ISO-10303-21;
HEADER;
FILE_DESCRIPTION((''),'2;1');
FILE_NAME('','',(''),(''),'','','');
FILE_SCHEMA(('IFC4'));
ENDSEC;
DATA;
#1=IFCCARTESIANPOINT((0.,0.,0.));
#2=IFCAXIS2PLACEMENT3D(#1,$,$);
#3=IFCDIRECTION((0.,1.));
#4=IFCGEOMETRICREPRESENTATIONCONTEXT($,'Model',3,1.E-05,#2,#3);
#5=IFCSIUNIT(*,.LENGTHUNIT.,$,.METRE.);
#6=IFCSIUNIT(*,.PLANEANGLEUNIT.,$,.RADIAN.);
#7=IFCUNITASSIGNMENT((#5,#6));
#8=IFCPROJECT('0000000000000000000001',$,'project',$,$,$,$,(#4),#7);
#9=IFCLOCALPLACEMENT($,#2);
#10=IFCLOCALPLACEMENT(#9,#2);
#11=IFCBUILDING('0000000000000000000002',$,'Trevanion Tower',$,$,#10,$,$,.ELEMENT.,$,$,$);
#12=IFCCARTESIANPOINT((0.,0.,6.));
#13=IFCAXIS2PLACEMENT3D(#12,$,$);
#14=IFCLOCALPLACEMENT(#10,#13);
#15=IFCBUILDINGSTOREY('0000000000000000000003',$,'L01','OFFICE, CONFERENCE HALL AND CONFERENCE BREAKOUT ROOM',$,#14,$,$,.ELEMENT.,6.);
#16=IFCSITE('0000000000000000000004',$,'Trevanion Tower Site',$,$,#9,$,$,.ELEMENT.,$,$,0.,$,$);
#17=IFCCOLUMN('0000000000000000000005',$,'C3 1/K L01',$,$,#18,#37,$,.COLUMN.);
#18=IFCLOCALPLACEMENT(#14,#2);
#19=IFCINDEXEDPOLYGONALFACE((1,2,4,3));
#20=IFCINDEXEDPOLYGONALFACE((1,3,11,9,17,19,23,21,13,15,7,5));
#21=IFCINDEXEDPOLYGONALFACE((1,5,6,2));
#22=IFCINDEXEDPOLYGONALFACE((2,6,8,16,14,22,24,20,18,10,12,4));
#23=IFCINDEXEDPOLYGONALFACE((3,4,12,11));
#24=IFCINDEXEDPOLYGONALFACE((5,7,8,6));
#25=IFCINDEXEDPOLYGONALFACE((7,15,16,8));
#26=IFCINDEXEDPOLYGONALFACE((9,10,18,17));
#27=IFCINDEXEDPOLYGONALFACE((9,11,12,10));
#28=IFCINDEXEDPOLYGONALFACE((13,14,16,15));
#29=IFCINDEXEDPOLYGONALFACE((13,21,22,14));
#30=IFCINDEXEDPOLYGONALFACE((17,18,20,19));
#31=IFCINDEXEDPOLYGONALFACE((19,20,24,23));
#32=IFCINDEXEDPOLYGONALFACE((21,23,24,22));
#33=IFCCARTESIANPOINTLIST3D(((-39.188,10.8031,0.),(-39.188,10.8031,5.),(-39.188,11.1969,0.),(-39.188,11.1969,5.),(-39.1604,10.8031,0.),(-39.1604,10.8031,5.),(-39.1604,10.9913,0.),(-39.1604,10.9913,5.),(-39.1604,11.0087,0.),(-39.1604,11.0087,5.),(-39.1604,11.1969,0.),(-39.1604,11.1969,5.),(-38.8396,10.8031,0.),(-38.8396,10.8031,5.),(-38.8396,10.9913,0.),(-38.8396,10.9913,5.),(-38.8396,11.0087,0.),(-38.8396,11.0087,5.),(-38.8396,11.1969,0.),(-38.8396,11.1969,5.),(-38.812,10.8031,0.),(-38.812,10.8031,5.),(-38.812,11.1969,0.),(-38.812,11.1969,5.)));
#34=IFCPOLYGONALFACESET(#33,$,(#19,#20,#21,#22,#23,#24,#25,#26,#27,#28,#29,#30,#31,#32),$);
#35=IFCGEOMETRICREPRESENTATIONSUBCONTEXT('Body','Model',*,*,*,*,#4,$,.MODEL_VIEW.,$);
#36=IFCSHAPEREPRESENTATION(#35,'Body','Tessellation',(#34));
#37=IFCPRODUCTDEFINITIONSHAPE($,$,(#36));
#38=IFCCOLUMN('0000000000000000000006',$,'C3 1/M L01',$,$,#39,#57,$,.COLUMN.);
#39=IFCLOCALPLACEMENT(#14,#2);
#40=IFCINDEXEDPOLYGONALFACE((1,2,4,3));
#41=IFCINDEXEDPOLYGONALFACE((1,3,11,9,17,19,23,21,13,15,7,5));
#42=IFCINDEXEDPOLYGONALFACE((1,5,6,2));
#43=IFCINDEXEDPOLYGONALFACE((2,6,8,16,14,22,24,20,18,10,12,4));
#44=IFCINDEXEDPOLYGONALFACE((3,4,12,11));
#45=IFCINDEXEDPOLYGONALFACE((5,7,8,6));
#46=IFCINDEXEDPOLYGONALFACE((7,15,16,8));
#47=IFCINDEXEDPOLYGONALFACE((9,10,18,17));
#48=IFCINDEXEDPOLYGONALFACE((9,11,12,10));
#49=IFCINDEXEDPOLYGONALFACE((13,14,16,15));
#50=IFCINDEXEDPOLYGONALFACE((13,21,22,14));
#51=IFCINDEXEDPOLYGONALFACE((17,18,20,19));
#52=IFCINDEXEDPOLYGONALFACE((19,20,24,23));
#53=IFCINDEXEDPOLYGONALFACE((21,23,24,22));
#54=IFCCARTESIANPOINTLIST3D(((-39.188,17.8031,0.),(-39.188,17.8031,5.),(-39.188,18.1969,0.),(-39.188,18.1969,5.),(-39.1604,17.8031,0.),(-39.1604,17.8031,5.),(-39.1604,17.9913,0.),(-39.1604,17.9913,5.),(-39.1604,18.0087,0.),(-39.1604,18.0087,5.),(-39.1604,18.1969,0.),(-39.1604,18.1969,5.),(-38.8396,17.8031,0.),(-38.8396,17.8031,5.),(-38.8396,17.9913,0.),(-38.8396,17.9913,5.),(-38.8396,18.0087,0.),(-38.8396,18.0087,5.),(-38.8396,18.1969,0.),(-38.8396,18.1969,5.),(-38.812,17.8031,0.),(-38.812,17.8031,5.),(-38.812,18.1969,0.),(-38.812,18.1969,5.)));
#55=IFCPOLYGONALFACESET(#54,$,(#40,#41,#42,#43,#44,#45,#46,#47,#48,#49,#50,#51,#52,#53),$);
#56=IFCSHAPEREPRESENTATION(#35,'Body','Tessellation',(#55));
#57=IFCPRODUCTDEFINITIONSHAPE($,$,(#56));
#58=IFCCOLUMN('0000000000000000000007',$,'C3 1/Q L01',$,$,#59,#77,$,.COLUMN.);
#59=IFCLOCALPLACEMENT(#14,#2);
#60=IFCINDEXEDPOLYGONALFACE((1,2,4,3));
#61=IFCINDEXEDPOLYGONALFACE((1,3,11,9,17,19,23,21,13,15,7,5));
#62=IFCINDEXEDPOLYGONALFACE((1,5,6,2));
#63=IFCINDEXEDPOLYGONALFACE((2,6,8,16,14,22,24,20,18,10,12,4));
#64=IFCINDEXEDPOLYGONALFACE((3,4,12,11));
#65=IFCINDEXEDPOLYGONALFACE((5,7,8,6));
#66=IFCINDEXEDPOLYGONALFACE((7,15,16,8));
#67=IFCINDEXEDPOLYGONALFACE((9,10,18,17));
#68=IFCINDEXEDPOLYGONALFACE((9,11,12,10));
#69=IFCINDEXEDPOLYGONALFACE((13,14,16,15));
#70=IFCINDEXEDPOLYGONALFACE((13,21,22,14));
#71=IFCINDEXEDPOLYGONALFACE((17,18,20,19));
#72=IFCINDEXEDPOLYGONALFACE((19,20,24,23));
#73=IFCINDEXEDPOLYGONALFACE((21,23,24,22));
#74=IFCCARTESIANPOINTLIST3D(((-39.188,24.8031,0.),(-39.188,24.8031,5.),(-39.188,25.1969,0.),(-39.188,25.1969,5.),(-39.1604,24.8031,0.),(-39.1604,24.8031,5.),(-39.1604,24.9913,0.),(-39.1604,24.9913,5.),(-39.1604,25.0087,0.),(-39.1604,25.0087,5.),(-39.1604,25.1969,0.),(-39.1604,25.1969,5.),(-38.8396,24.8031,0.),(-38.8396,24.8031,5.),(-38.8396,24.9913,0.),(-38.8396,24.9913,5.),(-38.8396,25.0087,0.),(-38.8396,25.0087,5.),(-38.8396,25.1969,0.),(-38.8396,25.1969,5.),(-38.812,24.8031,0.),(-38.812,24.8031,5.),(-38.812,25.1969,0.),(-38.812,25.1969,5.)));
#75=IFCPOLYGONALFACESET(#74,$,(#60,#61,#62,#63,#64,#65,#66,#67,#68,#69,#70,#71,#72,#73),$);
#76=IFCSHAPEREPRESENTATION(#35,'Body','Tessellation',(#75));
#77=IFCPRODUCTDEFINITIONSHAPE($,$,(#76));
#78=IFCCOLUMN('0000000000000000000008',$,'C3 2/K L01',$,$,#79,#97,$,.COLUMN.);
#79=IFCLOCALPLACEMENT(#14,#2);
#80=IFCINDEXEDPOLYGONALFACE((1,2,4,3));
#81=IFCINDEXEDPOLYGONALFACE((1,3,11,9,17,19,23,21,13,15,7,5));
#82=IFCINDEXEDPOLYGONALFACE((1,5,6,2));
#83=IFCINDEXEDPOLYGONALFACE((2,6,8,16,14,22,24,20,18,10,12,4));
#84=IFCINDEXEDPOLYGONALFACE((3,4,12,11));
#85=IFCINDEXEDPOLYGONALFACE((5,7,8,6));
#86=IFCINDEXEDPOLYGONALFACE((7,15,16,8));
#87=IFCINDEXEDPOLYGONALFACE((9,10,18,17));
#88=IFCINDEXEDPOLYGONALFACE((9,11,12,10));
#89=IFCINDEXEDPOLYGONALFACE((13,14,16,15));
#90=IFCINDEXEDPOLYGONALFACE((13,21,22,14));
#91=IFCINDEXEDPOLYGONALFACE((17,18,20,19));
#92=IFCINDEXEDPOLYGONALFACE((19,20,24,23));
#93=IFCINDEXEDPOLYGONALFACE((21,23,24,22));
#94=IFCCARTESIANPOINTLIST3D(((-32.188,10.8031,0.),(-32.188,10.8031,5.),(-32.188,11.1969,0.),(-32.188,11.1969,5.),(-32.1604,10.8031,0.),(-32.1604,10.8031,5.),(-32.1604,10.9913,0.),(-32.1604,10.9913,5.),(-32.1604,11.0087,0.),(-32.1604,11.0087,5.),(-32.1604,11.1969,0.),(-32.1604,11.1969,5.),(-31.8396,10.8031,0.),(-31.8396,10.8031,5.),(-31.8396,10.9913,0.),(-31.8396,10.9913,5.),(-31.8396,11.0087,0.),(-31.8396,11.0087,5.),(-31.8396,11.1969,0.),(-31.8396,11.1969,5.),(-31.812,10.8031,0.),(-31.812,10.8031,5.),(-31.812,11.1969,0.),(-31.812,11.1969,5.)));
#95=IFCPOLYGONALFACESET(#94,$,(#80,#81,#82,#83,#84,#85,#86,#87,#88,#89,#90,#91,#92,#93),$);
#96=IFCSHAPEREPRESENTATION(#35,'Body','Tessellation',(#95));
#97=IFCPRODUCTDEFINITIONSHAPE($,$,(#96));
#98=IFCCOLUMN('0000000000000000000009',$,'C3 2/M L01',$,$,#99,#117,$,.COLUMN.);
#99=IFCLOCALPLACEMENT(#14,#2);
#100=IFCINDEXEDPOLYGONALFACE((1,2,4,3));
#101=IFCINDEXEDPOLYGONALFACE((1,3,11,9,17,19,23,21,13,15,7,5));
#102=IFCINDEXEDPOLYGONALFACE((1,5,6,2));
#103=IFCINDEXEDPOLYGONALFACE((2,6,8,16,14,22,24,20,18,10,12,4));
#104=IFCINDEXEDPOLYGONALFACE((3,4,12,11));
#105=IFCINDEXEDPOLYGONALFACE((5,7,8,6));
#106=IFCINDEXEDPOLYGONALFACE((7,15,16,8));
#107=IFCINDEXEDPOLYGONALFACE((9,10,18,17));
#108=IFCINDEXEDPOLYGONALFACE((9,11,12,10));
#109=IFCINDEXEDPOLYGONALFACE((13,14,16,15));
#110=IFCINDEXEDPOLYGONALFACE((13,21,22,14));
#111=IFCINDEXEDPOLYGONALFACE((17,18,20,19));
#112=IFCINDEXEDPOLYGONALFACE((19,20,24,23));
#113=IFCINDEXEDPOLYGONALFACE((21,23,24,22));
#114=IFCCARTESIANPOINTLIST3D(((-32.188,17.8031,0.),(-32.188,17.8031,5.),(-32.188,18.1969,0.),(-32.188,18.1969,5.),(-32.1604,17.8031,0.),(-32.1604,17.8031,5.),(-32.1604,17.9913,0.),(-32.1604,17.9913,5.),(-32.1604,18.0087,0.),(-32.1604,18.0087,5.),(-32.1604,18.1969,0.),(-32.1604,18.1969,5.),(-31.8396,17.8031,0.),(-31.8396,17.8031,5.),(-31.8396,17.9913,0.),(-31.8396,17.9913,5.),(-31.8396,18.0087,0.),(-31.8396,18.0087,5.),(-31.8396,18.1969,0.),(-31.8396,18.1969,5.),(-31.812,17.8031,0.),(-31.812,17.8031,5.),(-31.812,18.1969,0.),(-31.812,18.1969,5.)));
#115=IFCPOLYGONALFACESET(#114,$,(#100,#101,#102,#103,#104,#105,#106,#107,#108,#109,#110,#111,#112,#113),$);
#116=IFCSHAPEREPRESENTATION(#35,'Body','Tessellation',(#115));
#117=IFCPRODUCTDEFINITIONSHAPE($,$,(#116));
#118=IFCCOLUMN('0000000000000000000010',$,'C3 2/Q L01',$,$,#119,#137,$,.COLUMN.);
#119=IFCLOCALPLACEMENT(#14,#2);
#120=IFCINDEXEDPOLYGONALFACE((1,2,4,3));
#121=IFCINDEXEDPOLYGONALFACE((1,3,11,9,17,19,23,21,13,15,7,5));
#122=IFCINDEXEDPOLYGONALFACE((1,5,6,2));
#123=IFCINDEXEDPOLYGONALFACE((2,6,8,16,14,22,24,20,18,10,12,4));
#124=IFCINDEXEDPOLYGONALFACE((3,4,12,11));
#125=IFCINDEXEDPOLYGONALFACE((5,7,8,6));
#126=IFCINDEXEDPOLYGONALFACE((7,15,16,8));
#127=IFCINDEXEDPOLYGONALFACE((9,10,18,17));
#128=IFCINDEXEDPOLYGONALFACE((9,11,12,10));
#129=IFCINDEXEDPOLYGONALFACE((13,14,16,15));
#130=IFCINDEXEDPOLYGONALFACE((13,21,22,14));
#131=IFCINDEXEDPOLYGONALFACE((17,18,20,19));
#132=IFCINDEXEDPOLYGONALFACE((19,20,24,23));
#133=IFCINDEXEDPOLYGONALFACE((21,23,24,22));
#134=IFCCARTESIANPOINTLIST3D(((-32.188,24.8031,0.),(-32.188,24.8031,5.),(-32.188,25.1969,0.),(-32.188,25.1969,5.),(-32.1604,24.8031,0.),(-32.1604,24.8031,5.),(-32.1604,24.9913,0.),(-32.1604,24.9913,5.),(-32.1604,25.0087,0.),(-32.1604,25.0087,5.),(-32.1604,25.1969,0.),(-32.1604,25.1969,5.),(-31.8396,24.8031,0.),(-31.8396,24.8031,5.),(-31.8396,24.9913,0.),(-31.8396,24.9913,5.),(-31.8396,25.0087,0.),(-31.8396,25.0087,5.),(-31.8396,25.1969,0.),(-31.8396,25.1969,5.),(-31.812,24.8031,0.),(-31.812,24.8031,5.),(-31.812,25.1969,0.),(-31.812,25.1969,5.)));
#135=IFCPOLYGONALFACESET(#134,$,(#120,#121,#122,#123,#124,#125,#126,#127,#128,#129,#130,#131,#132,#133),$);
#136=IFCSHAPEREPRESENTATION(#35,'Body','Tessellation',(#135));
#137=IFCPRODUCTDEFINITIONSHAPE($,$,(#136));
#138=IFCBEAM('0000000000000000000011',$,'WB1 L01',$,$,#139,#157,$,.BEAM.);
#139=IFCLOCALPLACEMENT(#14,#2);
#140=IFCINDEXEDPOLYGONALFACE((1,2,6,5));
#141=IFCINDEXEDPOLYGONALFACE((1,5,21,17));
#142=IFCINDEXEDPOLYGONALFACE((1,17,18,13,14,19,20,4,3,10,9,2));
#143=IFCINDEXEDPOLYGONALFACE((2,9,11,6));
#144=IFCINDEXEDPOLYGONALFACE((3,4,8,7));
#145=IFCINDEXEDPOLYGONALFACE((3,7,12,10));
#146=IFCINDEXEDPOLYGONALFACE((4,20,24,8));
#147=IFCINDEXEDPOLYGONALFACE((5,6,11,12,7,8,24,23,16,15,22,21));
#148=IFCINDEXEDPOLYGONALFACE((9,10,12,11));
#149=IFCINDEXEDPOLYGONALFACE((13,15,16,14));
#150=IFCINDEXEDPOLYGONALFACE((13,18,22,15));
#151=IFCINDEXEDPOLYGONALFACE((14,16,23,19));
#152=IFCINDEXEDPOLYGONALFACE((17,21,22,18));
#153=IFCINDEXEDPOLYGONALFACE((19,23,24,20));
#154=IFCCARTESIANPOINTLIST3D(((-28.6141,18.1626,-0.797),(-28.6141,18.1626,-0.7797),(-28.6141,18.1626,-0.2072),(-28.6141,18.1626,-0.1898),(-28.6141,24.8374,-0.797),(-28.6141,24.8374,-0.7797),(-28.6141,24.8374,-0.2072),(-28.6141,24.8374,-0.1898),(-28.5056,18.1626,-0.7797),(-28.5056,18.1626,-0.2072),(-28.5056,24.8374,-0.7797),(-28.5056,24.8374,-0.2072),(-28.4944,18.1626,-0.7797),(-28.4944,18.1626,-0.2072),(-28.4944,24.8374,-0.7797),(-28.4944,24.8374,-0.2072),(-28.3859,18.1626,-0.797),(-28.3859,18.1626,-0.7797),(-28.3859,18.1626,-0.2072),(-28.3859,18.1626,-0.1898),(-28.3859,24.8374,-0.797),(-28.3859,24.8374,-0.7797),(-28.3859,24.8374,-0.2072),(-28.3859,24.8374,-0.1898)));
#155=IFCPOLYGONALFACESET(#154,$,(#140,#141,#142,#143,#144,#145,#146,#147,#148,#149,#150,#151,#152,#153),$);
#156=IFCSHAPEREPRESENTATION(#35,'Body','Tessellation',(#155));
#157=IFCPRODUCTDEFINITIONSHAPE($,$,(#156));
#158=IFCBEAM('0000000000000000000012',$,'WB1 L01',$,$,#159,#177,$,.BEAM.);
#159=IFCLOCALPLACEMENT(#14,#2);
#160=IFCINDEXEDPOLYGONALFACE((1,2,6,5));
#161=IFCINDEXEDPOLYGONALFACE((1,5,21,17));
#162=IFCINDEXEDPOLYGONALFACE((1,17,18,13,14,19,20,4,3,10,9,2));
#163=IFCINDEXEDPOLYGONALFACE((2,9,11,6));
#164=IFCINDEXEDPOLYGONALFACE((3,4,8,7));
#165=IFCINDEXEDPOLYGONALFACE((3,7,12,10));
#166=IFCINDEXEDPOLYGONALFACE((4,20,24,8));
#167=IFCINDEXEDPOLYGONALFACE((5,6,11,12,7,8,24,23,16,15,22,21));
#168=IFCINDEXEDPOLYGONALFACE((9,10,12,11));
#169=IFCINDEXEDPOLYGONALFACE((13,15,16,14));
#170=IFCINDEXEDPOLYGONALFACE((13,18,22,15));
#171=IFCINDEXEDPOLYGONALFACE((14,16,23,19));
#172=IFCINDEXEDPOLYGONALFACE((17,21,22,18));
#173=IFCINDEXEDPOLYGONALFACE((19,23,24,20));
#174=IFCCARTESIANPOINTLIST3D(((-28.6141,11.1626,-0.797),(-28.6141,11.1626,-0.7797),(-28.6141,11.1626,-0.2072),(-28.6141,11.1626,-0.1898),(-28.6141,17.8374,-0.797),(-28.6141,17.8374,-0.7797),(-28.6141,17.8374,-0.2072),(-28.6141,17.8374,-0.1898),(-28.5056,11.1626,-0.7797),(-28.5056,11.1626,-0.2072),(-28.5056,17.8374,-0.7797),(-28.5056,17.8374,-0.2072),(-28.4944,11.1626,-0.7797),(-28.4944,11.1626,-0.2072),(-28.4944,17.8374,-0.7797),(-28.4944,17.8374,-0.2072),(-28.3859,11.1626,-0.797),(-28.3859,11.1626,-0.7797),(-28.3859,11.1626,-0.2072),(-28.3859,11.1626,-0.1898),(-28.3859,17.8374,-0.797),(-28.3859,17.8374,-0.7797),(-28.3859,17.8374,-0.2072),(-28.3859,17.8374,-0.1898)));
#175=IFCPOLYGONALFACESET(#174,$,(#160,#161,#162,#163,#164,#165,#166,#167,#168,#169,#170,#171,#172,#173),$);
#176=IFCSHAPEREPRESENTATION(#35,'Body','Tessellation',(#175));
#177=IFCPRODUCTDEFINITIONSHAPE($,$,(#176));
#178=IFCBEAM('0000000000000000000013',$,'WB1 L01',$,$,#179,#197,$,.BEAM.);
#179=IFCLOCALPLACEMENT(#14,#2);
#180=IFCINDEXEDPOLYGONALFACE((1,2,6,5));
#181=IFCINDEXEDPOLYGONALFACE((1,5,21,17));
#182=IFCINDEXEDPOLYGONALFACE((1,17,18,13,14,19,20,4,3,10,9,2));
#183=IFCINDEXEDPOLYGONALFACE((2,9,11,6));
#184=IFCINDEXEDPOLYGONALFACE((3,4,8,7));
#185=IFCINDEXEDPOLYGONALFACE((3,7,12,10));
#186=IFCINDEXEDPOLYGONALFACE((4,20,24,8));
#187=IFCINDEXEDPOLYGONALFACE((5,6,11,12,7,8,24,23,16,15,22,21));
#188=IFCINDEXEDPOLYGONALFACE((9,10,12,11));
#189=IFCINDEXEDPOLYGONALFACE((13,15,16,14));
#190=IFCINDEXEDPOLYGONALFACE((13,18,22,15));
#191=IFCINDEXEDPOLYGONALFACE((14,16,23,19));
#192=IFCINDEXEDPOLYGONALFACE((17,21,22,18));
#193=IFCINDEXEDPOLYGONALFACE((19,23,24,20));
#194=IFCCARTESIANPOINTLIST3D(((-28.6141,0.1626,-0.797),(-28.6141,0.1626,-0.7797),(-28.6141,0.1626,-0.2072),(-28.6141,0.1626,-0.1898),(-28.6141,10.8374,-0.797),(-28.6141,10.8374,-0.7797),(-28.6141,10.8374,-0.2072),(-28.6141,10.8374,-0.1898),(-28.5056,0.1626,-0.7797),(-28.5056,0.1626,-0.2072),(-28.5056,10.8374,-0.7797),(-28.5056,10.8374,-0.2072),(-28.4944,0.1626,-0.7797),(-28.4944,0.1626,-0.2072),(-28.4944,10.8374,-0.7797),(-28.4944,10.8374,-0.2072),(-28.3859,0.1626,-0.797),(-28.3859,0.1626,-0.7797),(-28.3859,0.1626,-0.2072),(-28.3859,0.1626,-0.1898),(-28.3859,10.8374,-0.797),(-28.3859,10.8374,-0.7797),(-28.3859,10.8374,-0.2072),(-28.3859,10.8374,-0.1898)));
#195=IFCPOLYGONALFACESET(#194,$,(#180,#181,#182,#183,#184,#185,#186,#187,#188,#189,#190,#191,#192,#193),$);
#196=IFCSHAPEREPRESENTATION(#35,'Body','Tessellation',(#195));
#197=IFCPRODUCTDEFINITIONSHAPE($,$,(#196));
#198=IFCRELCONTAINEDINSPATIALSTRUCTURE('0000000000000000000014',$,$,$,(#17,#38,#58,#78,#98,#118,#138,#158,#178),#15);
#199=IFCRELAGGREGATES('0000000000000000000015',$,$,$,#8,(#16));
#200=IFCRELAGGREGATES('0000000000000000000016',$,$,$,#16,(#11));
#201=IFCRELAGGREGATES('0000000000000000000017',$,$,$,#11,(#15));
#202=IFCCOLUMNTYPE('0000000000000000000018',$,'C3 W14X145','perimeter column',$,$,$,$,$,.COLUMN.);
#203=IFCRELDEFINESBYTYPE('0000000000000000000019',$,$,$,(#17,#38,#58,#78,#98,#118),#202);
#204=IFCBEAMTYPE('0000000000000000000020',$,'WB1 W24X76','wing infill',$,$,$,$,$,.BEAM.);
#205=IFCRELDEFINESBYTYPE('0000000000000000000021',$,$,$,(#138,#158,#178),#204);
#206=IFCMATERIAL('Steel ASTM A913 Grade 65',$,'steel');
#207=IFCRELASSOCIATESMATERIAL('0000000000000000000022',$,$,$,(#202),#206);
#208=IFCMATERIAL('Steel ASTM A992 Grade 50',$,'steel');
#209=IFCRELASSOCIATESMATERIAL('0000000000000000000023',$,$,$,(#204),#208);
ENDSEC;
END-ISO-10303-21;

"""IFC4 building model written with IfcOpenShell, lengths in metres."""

from ifc_helpers import new_model, si_unit, direction, frame, origin, origin_2d, place, context, subcontext, project, spatial, i_section, extrude, material, material_profile, profile_set, type_object, element, save


model = new_model("IFC4")

# Units and contexts
model_context = context("Model", 3, precision=1e-05, world=origin(), true_north=direction((0.0, 1.0)))
body_context = subcontext(model_context, "Body", "Model", "MODEL_VIEW")
ifc_project = project(units=[si_unit("LENGTHUNIT", "METRE"), si_unit("PLANEANGLEUNIT", "RADIAN")], contexts=[model_context])

# Site, building, storey
site_placement = place(None, origin())
site = spatial("IfcSite", under=ifc_project, at=site_placement, Name="Trevanion Tower Site", CompositionType="ELEMENT", RefElevation=0.0)
building_placement = place(site_placement, origin())
building = spatial("IfcBuilding", under=site, at=building_placement, Name="Trevanion Tower", CompositionType="ELEMENT")
storey_placement = place(building_placement, frame((0.0, 0.0, 6.0)))
storey = spatial("IfcBuildingStorey", under=building, at=storey_placement, Name="L01", Description="OFFICE, CONFERENCE HALL AND CONFERENCE BREAKOUT ROOM", CompositionType="ELEMENT", Elevation=6.0)

# Columns
ifc_material_1 = material(Name="Steel ASTM A913 Grade 65", Category="steel")
ifc_material_profile_1 = material_profile(ifc_material_1, i_section(OverallWidth=0.3938, OverallDepth=0.376, WebThickness=0.0173, FlangeThickness=0.0276, at=origin_2d()), Name="W14X145")
ifc_profile_set_1 = profile_set([ifc_material_profile_1], Name="Steel ASTM A913 Grade 65")
column_type = type_object("IfcColumnType", Name="C3 W14X145", Description="perimeter column", PredefinedType="COLUMN", material=ifc_profile_set_1)
for number, where, z_axis, x_axis, name in (
    (1, (-39.0, 11.0, 0.0), (0.0, 0.0, 1.0), (0.0, 1.0, 0.0), "C3 1/K L01"),
    (2, (-39.0, 18.0, 0.0), (0.0, 0.0, 1.0), (0.0, 1.0, 0.0), "C3 1/M L01"),
    (3, (-39.0, 25.0, 0.0), (0.0, 0.0, 1.0), (0.0, 1.0, 0.0), "C3 1/Q L01"),
    (4, (-32.0, 11.0, 0.0), (0.0, 0.0, 1.0), (0.0, 1.0, 0.0), "C3 2/K L01"),
    (5, (-32.0, 18.0, 0.0), (0.0, 0.0, 1.0), (0.0, 1.0, 0.0), "C3 2/M L01"),
    (6, (-32.0, 25.0, 0.0), (0.0, 0.0, 1.0), (0.0, 1.0, 0.0), "C3 2/Q L01"),
):
    element("IfcColumn", number, at=place(storey_placement, frame(where, z_axis=z_axis, x_axis=x_axis)), inside=storey, type_object=column_type, Name=name, PredefinedType="COLUMN", context=body_context, shape_type="SweptSolid", body=[
        extrude(i_section(OverallWidth=0.3938, OverallDepth=0.376, WebThickness=0.0173, FlangeThickness=0.0276, at=origin_2d()), origin(), (0.0, 0.0, 1.0), 5.0),
    ])

# Beams
ifc_material_2 = material(Name="Steel ASTM A992 Grade 50", Category="steel")
ifc_material_profile_2 = material_profile(ifc_material_2, i_section(OverallWidth=0.2283, OverallDepth=0.6072, WebThickness=0.0112, FlangeThickness=0.0173, at=origin_2d()), Name="W24X76")
ifc_profile_set_2 = profile_set([ifc_material_profile_2], Name="Steel ASTM A992 Grade 50")
beam_type_1 = type_object("IfcBeamType", Name="WB1 W24X76", Description="wing infill", PredefinedType="BEAM", material=ifc_profile_set_2)
for number, where, z_axis, x_axis, name in (
    (7, (-28.5, 24.8374, -0.4934), (0.0, -1.0, 0.0), (1.0, 0.0, 0.0), "WB1 L01"),
    (8, (-28.5, 17.8374, -0.4934), (0.0, -1.0, 0.0), (1.0, 0.0, 0.0), "WB1 L01"),
):
    element("IfcBeam", number, at=place(storey_placement, frame(where, z_axis=z_axis, x_axis=x_axis)), inside=storey, type_object=beam_type_1, Name=name, PredefinedType="BEAM", context=body_context, shape_type="SweptSolid", body=[
        extrude(i_section(OverallWidth=0.2283, OverallDepth=0.6072, WebThickness=0.0112, FlangeThickness=0.0173, at=origin_2d()), origin(), (0.0, 0.0, 1.0), 6.6748),
    ])
beam_1_placement = place(storey_placement, frame((-28.5, 10.8374, -0.4934), z_axis=(0.0, -1.0, 0.0), x_axis=(1.0, 0.0, 0.0)))
element("IfcBeam", 9, at=beam_1_placement, inside=storey, type_object=beam_type_1, Name="WB1 L01", PredefinedType="BEAM", context=body_context, shape_type="SweptSolid", body=[
    extrude(i_section(OverallWidth=0.2283, OverallDepth=0.6072, WebThickness=0.0112, FlangeThickness=0.0173, at=origin_2d()), origin(), (0.0, 0.0, 1.0), 10.6748),
])

save(model, "model.ifc")
